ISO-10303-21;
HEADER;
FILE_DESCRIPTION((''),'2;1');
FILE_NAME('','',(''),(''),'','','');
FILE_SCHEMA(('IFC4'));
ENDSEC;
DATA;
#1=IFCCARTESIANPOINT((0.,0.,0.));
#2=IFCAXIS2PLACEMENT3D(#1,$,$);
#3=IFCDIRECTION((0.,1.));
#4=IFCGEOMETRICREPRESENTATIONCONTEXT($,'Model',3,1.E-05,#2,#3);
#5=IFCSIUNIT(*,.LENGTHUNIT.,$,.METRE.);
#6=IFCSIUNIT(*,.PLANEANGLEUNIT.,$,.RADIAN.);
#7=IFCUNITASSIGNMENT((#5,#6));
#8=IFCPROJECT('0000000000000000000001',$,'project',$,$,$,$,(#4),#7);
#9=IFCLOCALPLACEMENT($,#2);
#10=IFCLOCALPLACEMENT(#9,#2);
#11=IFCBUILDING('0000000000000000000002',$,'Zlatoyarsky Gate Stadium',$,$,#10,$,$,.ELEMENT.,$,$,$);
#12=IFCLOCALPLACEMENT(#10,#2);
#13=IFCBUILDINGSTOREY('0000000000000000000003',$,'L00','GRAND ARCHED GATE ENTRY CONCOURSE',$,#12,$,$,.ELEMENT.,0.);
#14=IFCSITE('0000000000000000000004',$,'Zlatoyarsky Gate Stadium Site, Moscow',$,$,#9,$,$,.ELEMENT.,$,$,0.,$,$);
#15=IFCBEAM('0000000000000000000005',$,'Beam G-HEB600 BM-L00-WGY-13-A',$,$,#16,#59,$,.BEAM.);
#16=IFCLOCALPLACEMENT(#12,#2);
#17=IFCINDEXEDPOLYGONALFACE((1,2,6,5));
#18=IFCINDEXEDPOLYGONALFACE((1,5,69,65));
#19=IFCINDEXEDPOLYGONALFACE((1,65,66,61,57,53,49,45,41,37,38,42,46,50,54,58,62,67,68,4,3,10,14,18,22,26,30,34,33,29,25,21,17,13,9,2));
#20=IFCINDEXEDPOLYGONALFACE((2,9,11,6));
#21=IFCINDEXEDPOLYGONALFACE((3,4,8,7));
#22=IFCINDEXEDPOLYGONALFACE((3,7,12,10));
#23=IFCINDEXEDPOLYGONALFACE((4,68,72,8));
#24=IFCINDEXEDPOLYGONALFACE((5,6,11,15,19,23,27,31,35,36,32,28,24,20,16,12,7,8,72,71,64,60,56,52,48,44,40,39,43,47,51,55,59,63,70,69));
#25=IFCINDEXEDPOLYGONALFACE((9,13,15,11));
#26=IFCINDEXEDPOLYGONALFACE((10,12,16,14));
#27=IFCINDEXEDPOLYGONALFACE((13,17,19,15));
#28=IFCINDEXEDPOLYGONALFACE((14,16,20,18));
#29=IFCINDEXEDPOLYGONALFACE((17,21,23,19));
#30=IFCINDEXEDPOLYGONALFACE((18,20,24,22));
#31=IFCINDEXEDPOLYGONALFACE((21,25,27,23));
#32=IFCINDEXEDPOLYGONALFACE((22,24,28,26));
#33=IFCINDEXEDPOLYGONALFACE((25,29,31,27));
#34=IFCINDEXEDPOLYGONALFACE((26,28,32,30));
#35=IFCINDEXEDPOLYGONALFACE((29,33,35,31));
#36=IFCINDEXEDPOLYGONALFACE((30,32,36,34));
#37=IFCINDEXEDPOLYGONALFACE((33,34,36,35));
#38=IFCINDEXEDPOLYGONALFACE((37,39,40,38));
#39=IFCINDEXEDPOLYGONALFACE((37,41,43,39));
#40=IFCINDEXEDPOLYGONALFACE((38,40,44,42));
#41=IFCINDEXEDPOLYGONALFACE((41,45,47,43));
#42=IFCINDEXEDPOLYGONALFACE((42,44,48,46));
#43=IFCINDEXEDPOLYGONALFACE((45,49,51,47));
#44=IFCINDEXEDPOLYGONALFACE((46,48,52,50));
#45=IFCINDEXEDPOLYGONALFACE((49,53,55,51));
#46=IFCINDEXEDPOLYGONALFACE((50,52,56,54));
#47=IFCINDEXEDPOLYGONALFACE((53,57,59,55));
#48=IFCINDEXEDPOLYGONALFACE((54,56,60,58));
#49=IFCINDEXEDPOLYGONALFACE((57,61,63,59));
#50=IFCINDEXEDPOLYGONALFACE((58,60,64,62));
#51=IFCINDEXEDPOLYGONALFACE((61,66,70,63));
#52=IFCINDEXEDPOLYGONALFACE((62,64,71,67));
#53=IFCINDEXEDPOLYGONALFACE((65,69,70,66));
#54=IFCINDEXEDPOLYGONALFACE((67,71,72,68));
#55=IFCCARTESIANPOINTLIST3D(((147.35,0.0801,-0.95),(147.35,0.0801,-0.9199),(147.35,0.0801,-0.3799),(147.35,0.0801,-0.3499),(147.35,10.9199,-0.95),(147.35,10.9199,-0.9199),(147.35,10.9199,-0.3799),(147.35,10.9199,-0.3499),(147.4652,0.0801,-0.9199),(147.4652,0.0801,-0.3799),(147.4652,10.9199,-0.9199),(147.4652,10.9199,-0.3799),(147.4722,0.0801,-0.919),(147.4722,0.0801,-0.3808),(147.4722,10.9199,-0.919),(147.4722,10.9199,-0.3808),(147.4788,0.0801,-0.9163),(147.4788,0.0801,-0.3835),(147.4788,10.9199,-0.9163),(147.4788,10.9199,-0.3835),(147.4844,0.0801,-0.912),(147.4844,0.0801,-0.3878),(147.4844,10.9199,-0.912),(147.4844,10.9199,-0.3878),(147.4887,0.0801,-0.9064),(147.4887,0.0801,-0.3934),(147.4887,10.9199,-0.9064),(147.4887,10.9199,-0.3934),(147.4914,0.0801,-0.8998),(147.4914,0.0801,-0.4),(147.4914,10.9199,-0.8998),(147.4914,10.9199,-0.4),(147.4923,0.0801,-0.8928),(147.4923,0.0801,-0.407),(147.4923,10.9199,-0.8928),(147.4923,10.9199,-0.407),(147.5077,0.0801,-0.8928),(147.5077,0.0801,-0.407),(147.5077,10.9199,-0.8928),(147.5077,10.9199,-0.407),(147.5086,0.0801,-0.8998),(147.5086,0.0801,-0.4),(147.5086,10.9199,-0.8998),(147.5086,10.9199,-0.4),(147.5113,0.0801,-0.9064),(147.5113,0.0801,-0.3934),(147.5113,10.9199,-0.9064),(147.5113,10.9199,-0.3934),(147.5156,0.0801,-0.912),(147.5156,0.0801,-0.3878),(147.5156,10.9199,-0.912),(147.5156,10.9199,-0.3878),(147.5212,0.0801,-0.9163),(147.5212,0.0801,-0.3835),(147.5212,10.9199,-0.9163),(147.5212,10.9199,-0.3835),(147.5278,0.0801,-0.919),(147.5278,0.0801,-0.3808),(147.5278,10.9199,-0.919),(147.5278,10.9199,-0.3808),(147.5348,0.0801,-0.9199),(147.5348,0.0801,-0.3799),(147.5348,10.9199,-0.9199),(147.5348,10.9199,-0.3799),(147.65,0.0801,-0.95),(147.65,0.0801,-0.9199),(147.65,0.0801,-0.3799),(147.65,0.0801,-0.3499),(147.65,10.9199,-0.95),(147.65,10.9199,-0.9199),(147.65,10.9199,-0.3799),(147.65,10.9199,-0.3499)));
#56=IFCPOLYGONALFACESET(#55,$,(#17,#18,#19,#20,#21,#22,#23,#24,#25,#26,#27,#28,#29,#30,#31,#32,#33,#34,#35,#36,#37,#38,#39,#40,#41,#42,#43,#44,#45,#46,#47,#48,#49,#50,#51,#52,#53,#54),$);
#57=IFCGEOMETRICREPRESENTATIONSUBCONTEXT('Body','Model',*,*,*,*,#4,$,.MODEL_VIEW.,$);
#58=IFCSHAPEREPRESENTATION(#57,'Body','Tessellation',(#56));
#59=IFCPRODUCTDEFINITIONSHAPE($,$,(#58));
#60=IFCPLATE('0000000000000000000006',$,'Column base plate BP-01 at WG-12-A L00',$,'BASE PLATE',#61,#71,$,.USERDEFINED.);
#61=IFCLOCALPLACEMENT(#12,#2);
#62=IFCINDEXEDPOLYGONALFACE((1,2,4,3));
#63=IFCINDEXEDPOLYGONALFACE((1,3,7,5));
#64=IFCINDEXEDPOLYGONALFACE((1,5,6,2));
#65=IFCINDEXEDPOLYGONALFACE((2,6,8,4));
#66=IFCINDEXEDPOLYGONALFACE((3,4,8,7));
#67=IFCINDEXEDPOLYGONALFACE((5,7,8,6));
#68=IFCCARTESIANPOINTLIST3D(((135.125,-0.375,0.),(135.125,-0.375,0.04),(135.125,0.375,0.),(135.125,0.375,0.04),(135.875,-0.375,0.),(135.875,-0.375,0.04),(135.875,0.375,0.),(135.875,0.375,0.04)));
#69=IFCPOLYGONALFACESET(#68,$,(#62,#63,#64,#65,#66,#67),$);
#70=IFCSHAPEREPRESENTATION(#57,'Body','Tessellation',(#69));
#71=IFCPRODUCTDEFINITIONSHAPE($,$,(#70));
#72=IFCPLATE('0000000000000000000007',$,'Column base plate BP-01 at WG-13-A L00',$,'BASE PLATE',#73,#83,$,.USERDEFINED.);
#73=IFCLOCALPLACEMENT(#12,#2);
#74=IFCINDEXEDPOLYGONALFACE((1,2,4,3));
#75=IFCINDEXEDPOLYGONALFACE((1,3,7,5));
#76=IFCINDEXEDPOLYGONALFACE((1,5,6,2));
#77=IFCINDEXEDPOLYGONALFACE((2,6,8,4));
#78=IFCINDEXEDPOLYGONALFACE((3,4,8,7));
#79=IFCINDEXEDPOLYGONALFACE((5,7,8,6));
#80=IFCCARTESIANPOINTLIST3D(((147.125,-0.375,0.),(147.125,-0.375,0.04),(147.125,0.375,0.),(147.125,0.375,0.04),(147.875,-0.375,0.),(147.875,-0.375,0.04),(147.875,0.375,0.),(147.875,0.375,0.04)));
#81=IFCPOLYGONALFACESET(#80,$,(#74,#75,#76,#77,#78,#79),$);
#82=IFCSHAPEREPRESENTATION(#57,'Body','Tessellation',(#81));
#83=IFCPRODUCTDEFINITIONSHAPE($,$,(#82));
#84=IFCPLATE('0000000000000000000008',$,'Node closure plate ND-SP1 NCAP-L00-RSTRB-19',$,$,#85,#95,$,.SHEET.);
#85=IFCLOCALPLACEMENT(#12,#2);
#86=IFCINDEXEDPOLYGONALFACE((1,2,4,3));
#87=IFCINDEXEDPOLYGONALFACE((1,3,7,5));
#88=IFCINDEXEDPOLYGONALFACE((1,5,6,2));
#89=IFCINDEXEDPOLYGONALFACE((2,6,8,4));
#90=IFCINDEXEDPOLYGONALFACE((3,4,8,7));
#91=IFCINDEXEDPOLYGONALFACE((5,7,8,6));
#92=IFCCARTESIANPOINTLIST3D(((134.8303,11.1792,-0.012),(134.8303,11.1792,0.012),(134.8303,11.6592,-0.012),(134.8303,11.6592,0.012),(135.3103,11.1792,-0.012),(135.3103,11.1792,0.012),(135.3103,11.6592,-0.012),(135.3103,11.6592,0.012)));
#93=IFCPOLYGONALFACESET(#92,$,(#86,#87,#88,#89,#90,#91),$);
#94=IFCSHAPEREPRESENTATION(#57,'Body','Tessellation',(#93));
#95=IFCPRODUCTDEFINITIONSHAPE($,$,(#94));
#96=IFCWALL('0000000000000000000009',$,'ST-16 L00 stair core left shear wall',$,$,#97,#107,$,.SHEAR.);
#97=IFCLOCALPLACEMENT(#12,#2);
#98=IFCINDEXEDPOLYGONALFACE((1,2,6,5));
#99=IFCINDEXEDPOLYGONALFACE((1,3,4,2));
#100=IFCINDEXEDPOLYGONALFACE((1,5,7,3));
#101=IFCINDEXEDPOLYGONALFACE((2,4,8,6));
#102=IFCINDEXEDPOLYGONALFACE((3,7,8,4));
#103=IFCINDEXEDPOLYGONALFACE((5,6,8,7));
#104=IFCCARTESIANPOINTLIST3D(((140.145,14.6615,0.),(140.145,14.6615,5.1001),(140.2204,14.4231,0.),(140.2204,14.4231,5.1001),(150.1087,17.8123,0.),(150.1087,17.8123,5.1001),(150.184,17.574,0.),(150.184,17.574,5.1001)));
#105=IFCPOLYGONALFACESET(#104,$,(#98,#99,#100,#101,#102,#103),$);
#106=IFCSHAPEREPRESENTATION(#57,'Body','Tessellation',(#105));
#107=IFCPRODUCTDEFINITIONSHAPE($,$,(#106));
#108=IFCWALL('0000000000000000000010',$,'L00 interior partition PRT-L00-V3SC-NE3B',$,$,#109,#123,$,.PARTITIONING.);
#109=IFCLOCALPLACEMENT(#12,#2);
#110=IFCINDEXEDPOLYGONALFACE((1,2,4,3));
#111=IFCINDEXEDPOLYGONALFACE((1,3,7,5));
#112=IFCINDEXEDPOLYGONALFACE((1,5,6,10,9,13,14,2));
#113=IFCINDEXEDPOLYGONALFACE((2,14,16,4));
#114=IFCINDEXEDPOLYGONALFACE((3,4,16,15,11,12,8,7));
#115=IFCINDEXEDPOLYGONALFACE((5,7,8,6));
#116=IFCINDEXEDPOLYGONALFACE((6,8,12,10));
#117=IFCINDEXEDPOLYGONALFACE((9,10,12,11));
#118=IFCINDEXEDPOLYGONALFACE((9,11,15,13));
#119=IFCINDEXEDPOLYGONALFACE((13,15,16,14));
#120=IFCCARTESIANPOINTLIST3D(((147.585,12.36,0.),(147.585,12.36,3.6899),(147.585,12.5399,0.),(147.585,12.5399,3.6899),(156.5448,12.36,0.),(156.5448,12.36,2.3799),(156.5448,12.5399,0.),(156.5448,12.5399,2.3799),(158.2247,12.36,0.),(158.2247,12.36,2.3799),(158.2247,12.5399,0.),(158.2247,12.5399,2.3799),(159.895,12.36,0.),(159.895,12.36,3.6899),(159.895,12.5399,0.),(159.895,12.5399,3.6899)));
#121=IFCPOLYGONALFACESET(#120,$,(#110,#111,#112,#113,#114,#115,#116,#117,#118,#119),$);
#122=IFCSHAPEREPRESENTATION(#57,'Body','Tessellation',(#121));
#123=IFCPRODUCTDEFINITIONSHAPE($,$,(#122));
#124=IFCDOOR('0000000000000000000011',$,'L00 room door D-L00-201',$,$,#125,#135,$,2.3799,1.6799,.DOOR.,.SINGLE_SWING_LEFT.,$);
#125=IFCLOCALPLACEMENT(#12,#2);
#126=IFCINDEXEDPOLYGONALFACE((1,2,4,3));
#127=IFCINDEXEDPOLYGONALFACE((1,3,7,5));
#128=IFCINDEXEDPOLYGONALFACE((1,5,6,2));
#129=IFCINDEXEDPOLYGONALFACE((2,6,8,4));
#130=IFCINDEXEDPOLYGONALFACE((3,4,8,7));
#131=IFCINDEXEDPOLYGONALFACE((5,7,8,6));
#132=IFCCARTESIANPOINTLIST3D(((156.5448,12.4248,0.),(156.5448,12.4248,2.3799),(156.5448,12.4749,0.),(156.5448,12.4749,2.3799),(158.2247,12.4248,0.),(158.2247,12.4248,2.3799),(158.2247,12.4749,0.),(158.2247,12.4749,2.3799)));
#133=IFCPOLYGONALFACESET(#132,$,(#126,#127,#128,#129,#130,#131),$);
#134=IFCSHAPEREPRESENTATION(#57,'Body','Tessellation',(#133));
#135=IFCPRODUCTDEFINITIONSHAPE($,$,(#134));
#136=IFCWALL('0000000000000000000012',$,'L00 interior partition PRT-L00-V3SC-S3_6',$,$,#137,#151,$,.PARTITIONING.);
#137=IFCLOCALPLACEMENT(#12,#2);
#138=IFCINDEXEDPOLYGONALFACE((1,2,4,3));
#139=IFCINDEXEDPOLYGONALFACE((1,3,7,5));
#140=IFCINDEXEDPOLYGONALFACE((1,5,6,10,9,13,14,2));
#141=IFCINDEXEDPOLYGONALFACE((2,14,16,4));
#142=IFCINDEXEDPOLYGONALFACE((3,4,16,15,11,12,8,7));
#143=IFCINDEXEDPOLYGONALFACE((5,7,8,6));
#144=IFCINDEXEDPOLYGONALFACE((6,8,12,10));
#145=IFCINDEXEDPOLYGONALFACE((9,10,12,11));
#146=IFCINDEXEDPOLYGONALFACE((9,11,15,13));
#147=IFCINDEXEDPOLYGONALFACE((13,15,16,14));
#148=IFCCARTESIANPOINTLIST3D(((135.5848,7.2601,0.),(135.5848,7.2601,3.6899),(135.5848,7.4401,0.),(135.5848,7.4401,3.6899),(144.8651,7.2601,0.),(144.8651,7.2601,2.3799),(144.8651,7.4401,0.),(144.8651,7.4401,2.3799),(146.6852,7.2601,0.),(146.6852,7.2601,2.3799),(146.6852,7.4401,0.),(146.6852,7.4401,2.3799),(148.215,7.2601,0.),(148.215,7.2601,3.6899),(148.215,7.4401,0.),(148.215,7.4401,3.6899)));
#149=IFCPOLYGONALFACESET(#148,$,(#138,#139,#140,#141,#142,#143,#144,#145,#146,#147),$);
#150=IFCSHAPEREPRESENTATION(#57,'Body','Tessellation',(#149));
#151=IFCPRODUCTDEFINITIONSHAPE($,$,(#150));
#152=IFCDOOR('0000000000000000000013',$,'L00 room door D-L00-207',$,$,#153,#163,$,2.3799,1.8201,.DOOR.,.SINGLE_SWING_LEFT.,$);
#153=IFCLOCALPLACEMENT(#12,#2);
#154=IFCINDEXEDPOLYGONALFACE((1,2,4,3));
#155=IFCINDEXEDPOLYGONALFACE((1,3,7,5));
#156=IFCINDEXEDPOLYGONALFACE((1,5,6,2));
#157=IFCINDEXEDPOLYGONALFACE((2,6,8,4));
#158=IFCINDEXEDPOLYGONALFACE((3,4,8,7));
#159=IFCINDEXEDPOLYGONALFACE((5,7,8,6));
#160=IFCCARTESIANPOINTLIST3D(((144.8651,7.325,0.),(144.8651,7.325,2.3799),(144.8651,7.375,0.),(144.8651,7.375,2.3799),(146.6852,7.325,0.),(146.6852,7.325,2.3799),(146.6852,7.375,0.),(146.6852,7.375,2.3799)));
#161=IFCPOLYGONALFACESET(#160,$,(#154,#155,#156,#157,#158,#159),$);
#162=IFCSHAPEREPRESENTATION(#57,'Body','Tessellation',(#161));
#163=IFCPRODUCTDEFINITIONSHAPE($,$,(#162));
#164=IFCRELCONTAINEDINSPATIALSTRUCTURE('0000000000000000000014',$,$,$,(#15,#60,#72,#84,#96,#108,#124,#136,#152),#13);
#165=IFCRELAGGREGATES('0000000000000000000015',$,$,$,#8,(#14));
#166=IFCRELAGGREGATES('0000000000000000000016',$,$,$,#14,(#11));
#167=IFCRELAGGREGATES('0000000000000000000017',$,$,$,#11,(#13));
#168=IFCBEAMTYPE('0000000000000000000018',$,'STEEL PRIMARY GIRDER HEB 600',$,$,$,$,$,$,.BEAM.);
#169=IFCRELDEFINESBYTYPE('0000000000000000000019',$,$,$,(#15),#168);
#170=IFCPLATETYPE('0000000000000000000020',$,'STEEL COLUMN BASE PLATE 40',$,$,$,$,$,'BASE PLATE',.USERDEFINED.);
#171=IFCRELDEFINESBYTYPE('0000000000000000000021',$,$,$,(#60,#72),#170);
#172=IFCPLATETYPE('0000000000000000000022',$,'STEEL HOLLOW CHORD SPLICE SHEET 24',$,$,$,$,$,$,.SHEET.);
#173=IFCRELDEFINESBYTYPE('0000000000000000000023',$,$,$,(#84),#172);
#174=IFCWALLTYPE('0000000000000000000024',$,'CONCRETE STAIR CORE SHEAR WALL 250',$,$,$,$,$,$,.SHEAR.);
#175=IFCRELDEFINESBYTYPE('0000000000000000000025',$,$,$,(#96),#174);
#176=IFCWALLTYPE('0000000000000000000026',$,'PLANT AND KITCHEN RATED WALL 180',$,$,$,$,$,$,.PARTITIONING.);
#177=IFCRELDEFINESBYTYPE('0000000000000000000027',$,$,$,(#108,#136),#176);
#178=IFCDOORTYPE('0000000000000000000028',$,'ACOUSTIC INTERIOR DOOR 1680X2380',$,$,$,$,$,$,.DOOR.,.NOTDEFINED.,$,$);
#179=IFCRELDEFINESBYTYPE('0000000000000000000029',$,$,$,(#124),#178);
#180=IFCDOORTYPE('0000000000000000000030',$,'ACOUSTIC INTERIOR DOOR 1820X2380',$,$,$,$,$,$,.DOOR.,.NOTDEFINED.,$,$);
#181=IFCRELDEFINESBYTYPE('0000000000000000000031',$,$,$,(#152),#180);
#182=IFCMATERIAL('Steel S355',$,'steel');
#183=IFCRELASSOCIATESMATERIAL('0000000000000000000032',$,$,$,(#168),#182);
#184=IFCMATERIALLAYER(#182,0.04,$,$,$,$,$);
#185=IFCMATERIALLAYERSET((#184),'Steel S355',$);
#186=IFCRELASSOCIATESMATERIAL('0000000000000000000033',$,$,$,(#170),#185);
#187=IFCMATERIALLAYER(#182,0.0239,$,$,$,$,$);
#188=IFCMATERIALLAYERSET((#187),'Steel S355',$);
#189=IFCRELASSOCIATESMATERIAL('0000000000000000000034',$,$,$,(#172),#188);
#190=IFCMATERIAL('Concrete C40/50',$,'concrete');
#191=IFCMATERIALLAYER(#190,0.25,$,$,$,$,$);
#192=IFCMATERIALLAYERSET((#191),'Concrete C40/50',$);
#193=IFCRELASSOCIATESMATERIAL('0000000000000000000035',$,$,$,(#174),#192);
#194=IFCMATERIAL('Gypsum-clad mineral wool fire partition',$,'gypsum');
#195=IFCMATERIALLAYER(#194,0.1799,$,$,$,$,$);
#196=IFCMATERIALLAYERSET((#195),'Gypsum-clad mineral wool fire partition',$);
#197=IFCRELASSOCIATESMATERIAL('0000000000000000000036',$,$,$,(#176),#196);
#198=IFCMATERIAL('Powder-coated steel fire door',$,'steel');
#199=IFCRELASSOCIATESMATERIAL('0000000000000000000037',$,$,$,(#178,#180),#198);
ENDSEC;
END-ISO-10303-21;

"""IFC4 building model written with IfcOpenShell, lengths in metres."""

from ifc_helpers import new_model, si_unit, direction, frame, frame_2d, origin, origin_2d, place, context, subcontext, project, spatial, rectangle, i_section, extrude, material, layer, layer_set, material_profile, profile_set, type_object, element, fill, save


model = new_model("IFC4")

# Units and contexts
model_context = context("Model", 3, precision=1e-05, world=origin(), true_north=direction((0.0, 1.0)))
body_context = subcontext(model_context, "Body", "Model", "MODEL_VIEW")
ifc_project = project(units=[si_unit("LENGTHUNIT", "METRE"), si_unit("PLANEANGLEUNIT", "RADIAN")], contexts=[model_context])

# Site, building, storey
site_placement = place(None, origin())
site = spatial("IfcSite", under=ifc_project, at=site_placement, Name="Zlatoyarsky Gate Stadium Site, Moscow", CompositionType="ELEMENT", RefElevation=0.0)
building_placement = place(site_placement, origin())
building = spatial("IfcBuilding", under=site, at=building_placement, Name="Zlatoyarsky Gate Stadium", CompositionType="ELEMENT")
storey_placement = place(building_placement, origin())
storey = spatial("IfcBuildingStorey", under=building, at=storey_placement, Name="L00", Description="GRAND ARCHED GATE ENTRY CONCOURSE", CompositionType="ELEMENT", Elevation=0.0)

# Shared definitions
ifc_material_1 = material(Name="Concrete C40/50", Category="concrete")
ifc_material_2 = material(Name="Steel S355", Category="steel")

# Beam
ifc_material_profile_1 = material_profile(ifc_material_2, i_section(OverallWidth=0.3, OverallDepth=0.6001, WebThickness=0.0154, FlangeThickness=0.03, FilletRadius=0.0271, at=origin_2d()), Name="HEB 600")
ifc_profile_set_1 = profile_set([ifc_material_profile_1], Name="Steel S355")
beam_type_1 = type_object("IfcBeamType", Name="STEEL PRIMARY GIRDER HEB 600", PredefinedType="BEAM", material=ifc_profile_set_1)
beam_1_placement = place(storey_placement, frame((147.5, 0.0801, -0.6499), z_axis=(0.0, 1.0, 0.0), x_axis=(-1.0, 0.0, 0.0)))
element("IfcBeam", 1, at=beam_1_placement, inside=storey, type_object=beam_type_1, Name="Beam G-HEB600 BM-L00-WGY-13-A", PredefinedType="BEAM", context=body_context, shape_type="SweptSolid", body=[
    extrude(i_section(OverallWidth=0.3, OverallDepth=0.6001, WebThickness=0.0154, FlangeThickness=0.03, FilletRadius=0.0271, at=origin_2d()), origin(), (0.0, 0.0, 1.0), 10.8398),
])

# Plates
ifc_layer_1 = layer(ifc_material_2, 0.04)
ifc_layer_set_1 = layer_set([ifc_layer_1], Name="Steel S355")
plate_type_1 = type_object("IfcPlateType", Name="STEEL COLUMN BASE PLATE 40", ElementType="BASE PLATE", PredefinedType="USERDEFINED", material=ifc_layer_set_1)
for number, where, z_axis, x_axis, name in (
    (2, (135.5, 0.0, 0.0), (0.0, 0.0, 1.0), (1.0, 0.0, 0.0), "Column base plate BP-01 at WG-12-A L00"),
    (3, (147.5, 0.0, 0.0), (0.0, 0.0, 1.0), (1.0, 0.0, 0.0), "Column base plate BP-01 at WG-13-A L00"),
):
    element("IfcPlate", number, at=place(storey_placement, frame(where, z_axis=z_axis, x_axis=x_axis)), inside=storey, type_object=plate_type_1, Name=name, ObjectType="BASE PLATE", PredefinedType="USERDEFINED", context=body_context, shape_type="SweptSolid", body=[
        extrude(rectangle(XDim=0.75, YDim=0.75, at=origin_2d()), origin(), (0.0, 0.0, 1.0), 0.04),
    ])
ifc_layer_2 = layer(ifc_material_2, 0.0239)
ifc_layer_set_2 = layer_set([ifc_layer_2], Name="Steel S355")
plate_type_2 = type_object("IfcPlateType", Name="STEEL HOLLOW CHORD SPLICE SHEET 24", PredefinedType="SHEET", material=ifc_layer_set_2)
plate_placement = place(storey_placement, frame((135.0703, 11.4192, -0.012), z_axis=(0.0, 0.0, 1.0), x_axis=(1.0, 0.0, 0.0)))
element("IfcPlate", 4, at=plate_placement, inside=storey, type_object=plate_type_2, Name="Node closure plate ND-SP1 NCAP-L00-RSTRB-19", PredefinedType="SHEET", context=body_context, shape_type="SweptSolid", body=[
    extrude(rectangle(XDim=0.48, YDim=0.48, at=origin_2d()), origin(), (0.0, 0.0, 1.0), 0.0239),
])

# Wall
ifc_layer_3 = layer(ifc_material_1, 0.25)
ifc_layer_set_3 = layer_set([ifc_layer_3], Name="Concrete C40/50")
wall_type_1 = type_object("IfcWallType", Name="CONCRETE STAIR CORE SHEAR WALL 250", PredefinedType="SHEAR", material=ifc_layer_set_3)
wall_1_placement = place(storey_placement, frame((140.1826, 14.5422, 0.0), z_axis=(0.0, 0.0, 1.0), x_axis=(0.95346, 0.30152, 0.0)))
element("IfcWall", 5, at=wall_1_placement, inside=storey, type_object=wall_type_1, Name="ST-16 L00 stair core left shear wall", PredefinedType="SHEAR", context=body_context, shape_type="SweptSolid", body=[
    extrude(rectangle(XDim=10.45, YDim=0.25, at=frame_2d((5.2251, 0.0))), origin(), (0.0, 0.0, 1.0), 5.1001),
])

# Walls, openings, doors
ifc_material_3 = material(Name="Gypsum-clad mineral wool fire partition", Category="gypsum")
ifc_layer_4 = layer(ifc_material_3, 0.1799)
ifc_layer_set_4 = layer_set([ifc_layer_4], Name="Gypsum-clad mineral wool fire partition")
wall_type_2 = type_object("IfcWallType", Name="PLANT AND KITCHEN RATED WALL 180", PredefinedType="PARTITIONING", material=ifc_layer_set_4)
wall_2_placement = place(storey_placement, frame((147.585, 12.45, 0.0), z_axis=(0.0, 0.0, 1.0), x_axis=(1.0, 0.0, 0.0)))
wall_2 = element("IfcWall", 6, at=wall_2_placement, inside=storey, type_object=wall_type_2, Name="L00 interior partition PRT-L00-V3SC-NE3B", PredefinedType="PARTITIONING", context=body_context, shape_type="SweptSolid", body=[
    extrude(rectangle(XDim=12.3101, YDim=0.1799, at=frame_2d((6.155, 0.0))), origin(), (0.0, 0.0, 1.0), 3.6899),
])
opening_1_placement = place(wall_2_placement, frame((8.96, 0.0, 0.0)))
opening_1 = element("IfcOpeningElement", 7, at=opening_1_placement, cuts=wall_2, PredefinedType="OPENING", context=body_context, shape_type="SweptSolid", body=[
    extrude(rectangle(XDim=1.6799, YDim=2.3799, at=frame_2d((0.8398, 1.1899))), frame((0.0, 0.0999, 0.0), z_axis=(0.0, -1.0, 0.0), x_axis=(1.0, 0.0, 0.0)), (0.0, 0.0, 1.0), 0.2),
])
ifc_material_4 = material(Name="Powder-coated steel fire door", Category="steel")
door_type_1 = type_object("IfcDoorType", Name="ACOUSTIC INTERIOR DOOR 1680X2380", OperationType="NOTDEFINED", PredefinedType="DOOR", material=ifc_material_4)
door_1_placement = place(opening_1_placement, origin())
door_1 = element("IfcDoor", 8, at=door_1_placement, inside=storey, type_object=door_type_1, Name="L00 room door D-L00-201", OperationType="SINGLE_SWING_LEFT", OverallHeight=2.3799, OverallWidth=1.6799, PredefinedType="DOOR", context=body_context, shape_type="SweptSolid", body=[
    extrude(rectangle(XDim=1.6799, YDim=2.3799, at=frame_2d((0.8398, 1.1899))), frame((0.0, 0.0249, 0.0), z_axis=(0.0, -1.0, 0.0), x_axis=(1.0, 0.0, 0.0)), (0.0, 0.0, 1.0), 0.05),
])
fill(opening_1, door_1)
wall_3_placement = place(storey_placement, frame((135.585, 7.3501, 0.0), z_axis=(0.0, 0.0, 1.0), x_axis=(1.0, 0.0, 0.0)))
wall_3 = element("IfcWall", 9, at=wall_3_placement, inside=storey, type_object=wall_type_2, Name="L00 interior partition PRT-L00-V3SC-S3_6", PredefinedType="PARTITIONING", context=body_context, shape_type="SweptSolid", body=[
    extrude(rectangle(XDim=12.6301, YDim=0.1799, at=frame_2d((6.3149, 0.0))), origin(), (0.0, 0.0, 1.0), 3.6899),
])
opening_2_placement = place(wall_3_placement, frame((9.28, 0.0, 0.0)))
opening_2 = element("IfcOpeningElement", 10, at=opening_2_placement, cuts=wall_3, PredefinedType="OPENING", context=body_context, shape_type="SweptSolid", body=[
    extrude(rectangle(XDim=1.8201, YDim=2.3799, at=frame_2d((0.9102, 1.1899))), frame((0.0, 0.0999, 0.0), z_axis=(0.0, -1.0, 0.0), x_axis=(1.0, 0.0, 0.0)), (0.0, 0.0, 1.0), 0.2),
])
door_type_2 = type_object("IfcDoorType", Name="ACOUSTIC INTERIOR DOOR 1820X2380", OperationType="NOTDEFINED", PredefinedType="DOOR", material=ifc_material_4)
door_2_placement = place(opening_2_placement, origin())
door_2 = element("IfcDoor", 11, at=door_2_placement, inside=storey, type_object=door_type_2, Name="L00 room door D-L00-207", OperationType="SINGLE_SWING_LEFT", OverallHeight=2.3799, OverallWidth=1.8201, PredefinedType="DOOR", context=body_context, shape_type="SweptSolid", body=[
    extrude(rectangle(XDim=1.8201, YDim=2.3799, at=frame_2d((0.9102, 1.1899))), frame((0.0, 0.0249, 0.0), z_axis=(0.0, -1.0, 0.0), x_axis=(1.0, 0.0, 0.0)), (0.0, 0.0, 1.0), 0.05),
])
fill(opening_2, door_2)

save(model, "model.ifc")
